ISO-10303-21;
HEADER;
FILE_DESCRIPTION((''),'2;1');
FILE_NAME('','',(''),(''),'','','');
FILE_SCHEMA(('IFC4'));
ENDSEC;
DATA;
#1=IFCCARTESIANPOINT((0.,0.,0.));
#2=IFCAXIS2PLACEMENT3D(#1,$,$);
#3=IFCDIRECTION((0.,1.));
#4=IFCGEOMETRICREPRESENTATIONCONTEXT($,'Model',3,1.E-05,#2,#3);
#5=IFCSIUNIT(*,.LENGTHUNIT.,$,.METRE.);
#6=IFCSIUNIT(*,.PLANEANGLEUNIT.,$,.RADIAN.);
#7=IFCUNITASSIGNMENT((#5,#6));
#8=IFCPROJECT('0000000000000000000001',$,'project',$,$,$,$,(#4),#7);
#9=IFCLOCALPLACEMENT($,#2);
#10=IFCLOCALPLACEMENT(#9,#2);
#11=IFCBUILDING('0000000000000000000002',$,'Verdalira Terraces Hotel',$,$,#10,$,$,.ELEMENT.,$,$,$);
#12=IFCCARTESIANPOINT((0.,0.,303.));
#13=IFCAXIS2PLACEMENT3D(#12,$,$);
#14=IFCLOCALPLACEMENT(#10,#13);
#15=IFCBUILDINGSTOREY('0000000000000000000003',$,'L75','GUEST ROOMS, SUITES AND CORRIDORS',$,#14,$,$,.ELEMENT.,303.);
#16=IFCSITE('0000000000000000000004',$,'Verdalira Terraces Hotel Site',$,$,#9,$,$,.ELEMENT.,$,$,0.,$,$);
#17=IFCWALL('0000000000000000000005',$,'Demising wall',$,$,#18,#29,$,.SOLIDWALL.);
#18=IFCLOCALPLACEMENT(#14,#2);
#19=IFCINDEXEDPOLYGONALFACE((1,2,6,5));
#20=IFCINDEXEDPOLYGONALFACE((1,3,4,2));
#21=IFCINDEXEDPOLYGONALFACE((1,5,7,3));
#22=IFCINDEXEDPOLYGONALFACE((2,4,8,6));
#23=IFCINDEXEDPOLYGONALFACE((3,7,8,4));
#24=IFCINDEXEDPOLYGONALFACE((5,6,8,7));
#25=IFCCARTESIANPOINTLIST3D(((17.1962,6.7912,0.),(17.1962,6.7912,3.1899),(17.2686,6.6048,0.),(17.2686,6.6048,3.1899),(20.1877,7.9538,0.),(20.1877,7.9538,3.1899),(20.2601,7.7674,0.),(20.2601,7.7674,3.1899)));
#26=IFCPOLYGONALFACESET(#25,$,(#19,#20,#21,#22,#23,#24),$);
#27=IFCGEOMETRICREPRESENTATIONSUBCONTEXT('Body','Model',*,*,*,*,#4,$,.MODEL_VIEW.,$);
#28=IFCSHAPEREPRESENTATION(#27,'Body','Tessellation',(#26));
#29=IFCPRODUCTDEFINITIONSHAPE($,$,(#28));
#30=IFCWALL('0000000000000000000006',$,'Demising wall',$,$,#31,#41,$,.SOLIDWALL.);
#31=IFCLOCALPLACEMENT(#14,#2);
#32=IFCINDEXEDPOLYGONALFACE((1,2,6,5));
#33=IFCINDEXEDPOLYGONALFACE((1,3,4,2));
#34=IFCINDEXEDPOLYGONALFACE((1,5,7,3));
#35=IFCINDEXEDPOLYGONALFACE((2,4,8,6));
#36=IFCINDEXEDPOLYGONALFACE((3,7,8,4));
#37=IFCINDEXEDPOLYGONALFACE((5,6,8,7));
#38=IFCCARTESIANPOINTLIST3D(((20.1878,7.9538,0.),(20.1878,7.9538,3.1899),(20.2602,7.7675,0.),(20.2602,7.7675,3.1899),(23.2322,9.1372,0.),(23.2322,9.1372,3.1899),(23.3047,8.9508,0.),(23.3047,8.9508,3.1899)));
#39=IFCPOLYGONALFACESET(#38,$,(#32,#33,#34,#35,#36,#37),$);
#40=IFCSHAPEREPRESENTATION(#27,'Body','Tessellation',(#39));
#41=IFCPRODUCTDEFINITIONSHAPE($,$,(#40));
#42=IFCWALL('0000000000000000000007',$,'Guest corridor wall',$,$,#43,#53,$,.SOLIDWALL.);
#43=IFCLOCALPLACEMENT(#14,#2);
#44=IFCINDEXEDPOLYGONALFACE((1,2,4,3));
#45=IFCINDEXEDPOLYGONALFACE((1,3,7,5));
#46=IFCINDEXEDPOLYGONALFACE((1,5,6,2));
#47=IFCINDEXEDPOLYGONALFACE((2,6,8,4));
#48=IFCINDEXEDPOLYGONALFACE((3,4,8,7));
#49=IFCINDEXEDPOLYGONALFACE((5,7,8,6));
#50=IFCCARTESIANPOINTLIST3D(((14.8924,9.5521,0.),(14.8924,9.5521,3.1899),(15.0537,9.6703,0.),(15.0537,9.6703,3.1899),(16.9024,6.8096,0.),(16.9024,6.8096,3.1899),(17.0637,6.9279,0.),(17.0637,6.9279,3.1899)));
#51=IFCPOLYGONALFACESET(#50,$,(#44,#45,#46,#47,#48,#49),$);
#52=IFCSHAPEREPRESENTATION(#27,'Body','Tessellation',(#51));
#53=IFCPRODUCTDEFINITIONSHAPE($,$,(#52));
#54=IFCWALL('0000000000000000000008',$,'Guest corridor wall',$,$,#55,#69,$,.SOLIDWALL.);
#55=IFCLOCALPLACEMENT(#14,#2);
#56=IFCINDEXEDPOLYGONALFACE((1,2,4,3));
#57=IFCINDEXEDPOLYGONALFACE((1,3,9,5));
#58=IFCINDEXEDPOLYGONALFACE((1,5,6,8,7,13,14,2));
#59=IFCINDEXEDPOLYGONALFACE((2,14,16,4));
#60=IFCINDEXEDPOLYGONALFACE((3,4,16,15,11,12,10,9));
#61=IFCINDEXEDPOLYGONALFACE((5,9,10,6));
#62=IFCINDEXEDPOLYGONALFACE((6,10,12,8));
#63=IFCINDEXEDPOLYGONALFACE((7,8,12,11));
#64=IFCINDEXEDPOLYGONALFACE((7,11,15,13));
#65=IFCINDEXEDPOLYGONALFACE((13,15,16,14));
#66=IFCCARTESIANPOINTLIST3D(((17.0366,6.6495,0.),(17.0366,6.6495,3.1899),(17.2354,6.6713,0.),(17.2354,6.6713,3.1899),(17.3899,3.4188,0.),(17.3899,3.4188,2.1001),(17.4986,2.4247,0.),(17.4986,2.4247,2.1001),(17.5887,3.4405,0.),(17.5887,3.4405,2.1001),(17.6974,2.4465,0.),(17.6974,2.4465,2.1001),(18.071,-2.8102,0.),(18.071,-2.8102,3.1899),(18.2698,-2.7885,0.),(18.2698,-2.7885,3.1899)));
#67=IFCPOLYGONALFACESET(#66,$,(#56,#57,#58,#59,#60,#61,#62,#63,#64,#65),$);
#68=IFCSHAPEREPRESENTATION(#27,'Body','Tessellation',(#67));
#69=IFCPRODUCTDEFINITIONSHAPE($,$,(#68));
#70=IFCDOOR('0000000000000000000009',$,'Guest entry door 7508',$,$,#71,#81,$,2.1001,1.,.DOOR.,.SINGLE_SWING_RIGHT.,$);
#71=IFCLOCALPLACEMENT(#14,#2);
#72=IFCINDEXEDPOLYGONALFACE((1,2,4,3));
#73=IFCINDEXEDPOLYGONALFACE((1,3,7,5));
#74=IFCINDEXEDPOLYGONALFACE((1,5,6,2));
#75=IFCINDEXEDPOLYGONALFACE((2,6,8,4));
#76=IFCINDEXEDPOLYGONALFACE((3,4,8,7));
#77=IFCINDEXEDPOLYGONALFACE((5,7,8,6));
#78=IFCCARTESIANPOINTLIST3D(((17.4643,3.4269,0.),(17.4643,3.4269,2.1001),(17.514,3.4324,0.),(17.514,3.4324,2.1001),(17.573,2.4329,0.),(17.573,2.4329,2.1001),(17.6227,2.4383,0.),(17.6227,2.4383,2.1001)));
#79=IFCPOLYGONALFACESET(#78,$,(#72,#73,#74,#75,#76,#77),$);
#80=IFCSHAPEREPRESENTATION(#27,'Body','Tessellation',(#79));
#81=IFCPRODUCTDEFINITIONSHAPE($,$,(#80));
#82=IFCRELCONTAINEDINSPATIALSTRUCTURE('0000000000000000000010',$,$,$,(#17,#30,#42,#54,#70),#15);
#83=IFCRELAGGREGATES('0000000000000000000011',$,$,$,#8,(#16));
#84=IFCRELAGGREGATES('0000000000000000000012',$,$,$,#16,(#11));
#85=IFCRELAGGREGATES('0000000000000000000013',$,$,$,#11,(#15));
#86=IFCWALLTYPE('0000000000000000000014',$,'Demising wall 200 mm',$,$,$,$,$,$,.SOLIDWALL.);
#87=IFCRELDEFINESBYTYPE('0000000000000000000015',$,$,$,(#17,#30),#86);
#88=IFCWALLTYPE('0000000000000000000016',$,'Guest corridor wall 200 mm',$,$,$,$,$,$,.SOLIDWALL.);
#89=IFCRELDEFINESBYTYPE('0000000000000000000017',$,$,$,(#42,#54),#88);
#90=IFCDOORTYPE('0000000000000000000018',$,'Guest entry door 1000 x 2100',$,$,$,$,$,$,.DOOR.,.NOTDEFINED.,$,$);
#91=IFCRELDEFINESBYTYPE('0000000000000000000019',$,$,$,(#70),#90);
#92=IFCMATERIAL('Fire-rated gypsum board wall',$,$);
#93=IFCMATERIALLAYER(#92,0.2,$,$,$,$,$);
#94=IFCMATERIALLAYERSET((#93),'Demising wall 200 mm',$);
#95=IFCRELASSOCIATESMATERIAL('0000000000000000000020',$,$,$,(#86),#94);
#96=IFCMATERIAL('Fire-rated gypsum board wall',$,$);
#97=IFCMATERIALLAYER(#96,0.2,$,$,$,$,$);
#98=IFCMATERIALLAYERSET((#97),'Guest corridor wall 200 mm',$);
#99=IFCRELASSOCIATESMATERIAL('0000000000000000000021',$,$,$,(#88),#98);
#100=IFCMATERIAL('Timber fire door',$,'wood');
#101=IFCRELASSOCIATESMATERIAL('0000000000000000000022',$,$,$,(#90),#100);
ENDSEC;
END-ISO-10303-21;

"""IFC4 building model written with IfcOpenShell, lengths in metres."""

from ifc_helpers import new_model, si_unit, direction, frame, frame_2d, origin, place, context, subcontext, project, spatial, rectangle, extrude, material, layer, layer_set, type_object, element, fill, save


model = new_model("IFC4")

# Units and contexts
model_context = context("Model", 3, precision=1e-05, world=origin(), true_north=direction((0.0, 1.0)))
body_context = subcontext(model_context, "Body", "Model", "MODEL_VIEW")
ifc_project = project(units=[si_unit("LENGTHUNIT", "METRE"), si_unit("PLANEANGLEUNIT", "RADIAN")], contexts=[model_context])

# Site, building, storey
site_placement = place(None, origin())
site = spatial("IfcSite", under=ifc_project, at=site_placement, Name="Verdalira Terraces Hotel Site", CompositionType="ELEMENT", RefElevation=0.0)
building_placement = place(site_placement, origin())
building = spatial("IfcBuilding", under=site, at=building_placement, Name="Verdalira Terraces Hotel", CompositionType="ELEMENT")
storey_placement = place(building_placement, frame((0.0, 0.0, 303.0)))
storey = spatial("IfcBuildingStorey", under=building, at=storey_placement, Name="L75", Description="GUEST ROOMS, SUITES AND CORRIDORS", CompositionType="ELEMENT", Elevation=303.0)

# Walls
ifc_material_1 = material(Name="Fire-rated gypsum board wall")
ifc_layer_1 = layer(ifc_material_1, 0.2)
ifc_layer_set_1 = layer_set([ifc_layer_1], Name="Demising wall 200 mm")
wall_type_1 = type_object("IfcWallType", Name="Demising wall 200 mm", PredefinedType="SOLIDWALL", material=ifc_layer_set_1)
wall_1_placement = place(storey_placement, frame((17.2324, 6.698, 0.0), z_axis=(0.0, 0.0, 1.0), x_axis=(0.932083, 0.362244, 0.0)))
element("IfcWall", 1, at=wall_1_placement, inside=storey, type_object=wall_type_1, Name="Demising wall", PredefinedType="SOLIDWALL", context=body_context, shape_type="SweptSolid", body=[
    extrude(rectangle(XDim=3.2095, YDim=0.2, at=frame_2d((1.6047, 0.0))), origin(), (0.0, 0.0, 1.0), 3.1899),
])
wall_2_placement = place(storey_placement, frame((20.2239, 7.8606, 0.0), z_axis=(0.0, 0.0, 1.0), x_axis=(0.932066, 0.362288, 0.0)))
element("IfcWall", 2, at=wall_2_placement, inside=storey, type_object=wall_type_1, Name="Demising wall", PredefinedType="SOLIDWALL", context=body_context, shape_type="SweptSolid", body=[
    extrude(rectangle(XDim=3.2664, YDim=0.2, at=frame_2d((1.6333, 0.0))), origin(), (0.0, 0.0, 1.0), 3.1899),
])
ifc_material_2 = material(Name="Fire-rated gypsum board wall")
ifc_layer_2 = layer(ifc_material_2, 0.2)
ifc_layer_set_2 = layer_set([ifc_layer_2], Name="Guest corridor wall 200 mm")
wall_type_2 = type_object("IfcWallType", Name="Guest corridor wall 200 mm", PredefinedType="SOLIDWALL", material=ifc_layer_set_2)
wall_3_placement = place(storey_placement, frame((16.9832, 6.8687, 0.0), z_axis=(0.0, 0.0, 1.0), x_axis=(-0.591152, 0.80656, 0.0)))
element("IfcWall", 3, at=wall_3_placement, inside=storey, type_object=wall_type_2, Name="Guest corridor wall", PredefinedType="SOLIDWALL", context=body_context, shape_type="SweptSolid", body=[
    extrude(rectangle(XDim=3.4001, YDim=0.2, at=frame_2d((1.7002, 0.0))), origin(), (0.0, 0.0, 1.0), 3.1899),
])

# Wall, opening, door
wall_4_placement = place(storey_placement, frame((17.136, 6.6604, 0.0), z_axis=(0.0, 0.0, 1.0), x_axis=(0.108702, -0.994074, 0.0)))
wall_4 = element("IfcWall", 4, at=wall_4_placement, inside=storey, type_object=wall_type_2, Name="Guest corridor wall", PredefinedType="SOLIDWALL", context=body_context, shape_type="SweptSolid", body=[
    extrude(rectangle(XDim=9.5161, YDim=0.2, at=frame_2d((4.7581, 0.0))), origin(), (0.0, 0.0, 1.0), 3.1899),
])
opening_1_placement = place(wall_4_placement, frame((3.25, 0.0, 0.0)))
opening_1 = element("IfcOpeningElement", 5, at=opening_1_placement, cuts=wall_4, PredefinedType="OPENING", context=body_context, shape_type="SweptSolid", body=[
    extrude(rectangle(XDim=1.0, YDim=2.1001, at=frame_2d((0.5, 1.05))), frame((0.0, 0.1099, 0.0), z_axis=(0.0, -1.0, 0.0), x_axis=(1.0, 0.0, 0.0)), (0.0, 0.0, 1.0), 0.22),
])
ifc_material_3 = material(Name="Timber fire door", Category="wood")
door_type_1 = type_object("IfcDoorType", Name="Guest entry door 1000 x 2100", OperationType="NOTDEFINED", PredefinedType="DOOR", material=ifc_material_3)
door_1_placement = place(opening_1_placement, origin())
door_1 = element("IfcDoor", 6, at=door_1_placement, inside=storey, type_object=door_type_1, Name="Guest entry door 7508", OperationType="SINGLE_SWING_RIGHT", OverallHeight=2.1001, OverallWidth=1.0, PredefinedType="DOOR", context=body_context, shape_type="SweptSolid", body=[
    extrude(rectangle(XDim=1.0, YDim=2.1001, at=frame_2d((0.5, 1.05))), frame((0.0, 0.0249, 0.0), z_axis=(0.0, -1.0, 0.0), x_axis=(1.0, 0.0, 0.0)), (0.0, 0.0, 1.0), 0.05),
])
fill(opening_1, door_1)

save(model, "model.ifc")
